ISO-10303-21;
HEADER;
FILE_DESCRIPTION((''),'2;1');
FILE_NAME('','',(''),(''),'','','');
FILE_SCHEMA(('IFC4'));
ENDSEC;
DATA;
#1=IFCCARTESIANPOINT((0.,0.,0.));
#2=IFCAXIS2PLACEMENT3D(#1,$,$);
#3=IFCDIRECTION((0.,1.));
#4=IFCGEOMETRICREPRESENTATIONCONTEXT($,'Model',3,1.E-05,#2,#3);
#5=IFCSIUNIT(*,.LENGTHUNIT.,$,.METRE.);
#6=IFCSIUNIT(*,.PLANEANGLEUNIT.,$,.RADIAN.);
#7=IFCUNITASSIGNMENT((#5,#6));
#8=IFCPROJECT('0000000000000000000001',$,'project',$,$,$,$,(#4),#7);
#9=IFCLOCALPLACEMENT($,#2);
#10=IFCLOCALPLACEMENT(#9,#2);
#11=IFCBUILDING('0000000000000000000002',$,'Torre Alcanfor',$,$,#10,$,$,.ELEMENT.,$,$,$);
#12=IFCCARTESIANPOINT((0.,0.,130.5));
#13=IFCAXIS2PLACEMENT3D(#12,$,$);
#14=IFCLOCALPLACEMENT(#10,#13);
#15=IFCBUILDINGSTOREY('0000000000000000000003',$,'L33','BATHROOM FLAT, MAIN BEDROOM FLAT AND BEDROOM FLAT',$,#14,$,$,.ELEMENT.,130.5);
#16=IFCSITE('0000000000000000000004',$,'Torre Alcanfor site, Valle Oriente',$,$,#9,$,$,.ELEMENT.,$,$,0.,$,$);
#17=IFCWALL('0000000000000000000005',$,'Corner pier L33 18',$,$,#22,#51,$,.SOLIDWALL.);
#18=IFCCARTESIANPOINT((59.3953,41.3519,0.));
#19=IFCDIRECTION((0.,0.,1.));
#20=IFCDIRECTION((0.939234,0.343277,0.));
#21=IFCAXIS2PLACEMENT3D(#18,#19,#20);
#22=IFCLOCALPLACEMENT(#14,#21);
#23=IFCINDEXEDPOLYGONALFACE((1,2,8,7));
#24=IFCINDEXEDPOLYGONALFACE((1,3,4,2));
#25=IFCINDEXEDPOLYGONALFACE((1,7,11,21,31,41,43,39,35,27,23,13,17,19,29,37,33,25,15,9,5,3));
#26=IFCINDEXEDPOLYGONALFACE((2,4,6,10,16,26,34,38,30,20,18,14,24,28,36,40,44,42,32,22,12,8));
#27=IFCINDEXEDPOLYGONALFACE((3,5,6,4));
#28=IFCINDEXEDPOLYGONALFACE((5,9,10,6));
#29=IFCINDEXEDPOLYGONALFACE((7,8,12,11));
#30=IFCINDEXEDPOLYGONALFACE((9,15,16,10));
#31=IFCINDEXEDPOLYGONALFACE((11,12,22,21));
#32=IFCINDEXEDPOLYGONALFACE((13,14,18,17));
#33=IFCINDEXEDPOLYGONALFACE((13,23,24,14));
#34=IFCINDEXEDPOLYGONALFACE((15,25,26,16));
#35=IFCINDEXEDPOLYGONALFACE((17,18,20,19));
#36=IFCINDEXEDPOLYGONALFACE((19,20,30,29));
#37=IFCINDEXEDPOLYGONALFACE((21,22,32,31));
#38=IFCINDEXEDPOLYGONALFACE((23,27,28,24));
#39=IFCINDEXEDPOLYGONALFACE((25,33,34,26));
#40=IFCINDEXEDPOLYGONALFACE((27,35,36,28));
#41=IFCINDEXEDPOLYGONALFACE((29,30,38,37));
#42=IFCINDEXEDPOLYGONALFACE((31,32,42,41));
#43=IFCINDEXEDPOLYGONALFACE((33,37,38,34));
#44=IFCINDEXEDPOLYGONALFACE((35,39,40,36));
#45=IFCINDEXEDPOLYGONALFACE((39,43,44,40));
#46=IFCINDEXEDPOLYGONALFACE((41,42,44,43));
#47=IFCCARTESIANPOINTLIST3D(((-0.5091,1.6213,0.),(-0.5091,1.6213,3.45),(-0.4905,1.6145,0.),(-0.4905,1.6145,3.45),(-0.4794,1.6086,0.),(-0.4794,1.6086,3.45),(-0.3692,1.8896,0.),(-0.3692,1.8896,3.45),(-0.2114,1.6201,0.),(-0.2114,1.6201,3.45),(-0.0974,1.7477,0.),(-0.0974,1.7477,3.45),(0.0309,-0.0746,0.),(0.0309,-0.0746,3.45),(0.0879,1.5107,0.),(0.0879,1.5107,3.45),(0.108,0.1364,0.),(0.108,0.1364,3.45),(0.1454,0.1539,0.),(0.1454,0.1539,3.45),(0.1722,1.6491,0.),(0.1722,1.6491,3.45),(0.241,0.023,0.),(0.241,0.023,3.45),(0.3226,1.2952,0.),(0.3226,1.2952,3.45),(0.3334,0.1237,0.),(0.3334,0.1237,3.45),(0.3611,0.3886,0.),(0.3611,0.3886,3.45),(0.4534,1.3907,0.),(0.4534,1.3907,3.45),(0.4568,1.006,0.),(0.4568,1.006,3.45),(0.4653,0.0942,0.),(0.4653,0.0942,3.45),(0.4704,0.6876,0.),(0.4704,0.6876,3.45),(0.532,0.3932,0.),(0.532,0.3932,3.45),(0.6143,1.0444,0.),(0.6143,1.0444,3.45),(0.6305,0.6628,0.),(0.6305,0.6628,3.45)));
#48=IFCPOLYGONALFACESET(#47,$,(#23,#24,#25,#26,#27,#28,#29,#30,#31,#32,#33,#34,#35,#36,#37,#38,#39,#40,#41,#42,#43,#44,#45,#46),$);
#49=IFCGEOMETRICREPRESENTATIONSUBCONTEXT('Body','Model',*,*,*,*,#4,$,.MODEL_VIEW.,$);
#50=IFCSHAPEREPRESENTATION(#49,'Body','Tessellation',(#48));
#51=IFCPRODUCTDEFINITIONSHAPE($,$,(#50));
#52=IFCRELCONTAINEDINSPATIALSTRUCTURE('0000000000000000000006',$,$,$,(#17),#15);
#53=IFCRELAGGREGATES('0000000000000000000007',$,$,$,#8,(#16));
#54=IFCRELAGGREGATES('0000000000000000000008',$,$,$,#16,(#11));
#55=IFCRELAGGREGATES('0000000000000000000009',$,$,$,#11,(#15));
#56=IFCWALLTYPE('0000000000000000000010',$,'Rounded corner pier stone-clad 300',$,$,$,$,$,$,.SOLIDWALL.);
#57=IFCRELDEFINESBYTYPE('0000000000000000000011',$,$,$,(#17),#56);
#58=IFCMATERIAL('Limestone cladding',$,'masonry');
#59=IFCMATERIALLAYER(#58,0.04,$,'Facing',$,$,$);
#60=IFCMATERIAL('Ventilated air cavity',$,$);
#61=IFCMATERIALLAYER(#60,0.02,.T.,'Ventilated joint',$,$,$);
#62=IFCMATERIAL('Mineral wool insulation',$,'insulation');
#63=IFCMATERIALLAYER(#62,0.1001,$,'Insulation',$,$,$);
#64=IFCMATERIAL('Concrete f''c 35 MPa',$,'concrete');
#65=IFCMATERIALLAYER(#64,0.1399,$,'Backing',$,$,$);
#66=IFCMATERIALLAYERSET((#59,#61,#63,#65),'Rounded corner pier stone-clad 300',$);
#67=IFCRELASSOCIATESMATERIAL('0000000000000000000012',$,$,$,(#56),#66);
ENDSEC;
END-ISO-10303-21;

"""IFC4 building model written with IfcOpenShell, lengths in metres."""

from ifc_helpers import new_model, si_unit, direction, frame, origin, place, context, subcontext, project, spatial, polyline, outline, extrude, material, layer, layer_set, type_object, element, save


model = new_model("IFC4")

# Units and contexts
model_context = context("Model", 3, precision=1e-05, world=origin(), true_north=direction((0.0, 1.0)))
body_context = subcontext(model_context, "Body", "Model", "MODEL_VIEW")
ifc_project = project(units=[si_unit("LENGTHUNIT", "METRE"), si_unit("PLANEANGLEUNIT", "RADIAN")], contexts=[model_context])

# Site, building, storey
site_placement = place(None, origin())
site = spatial("IfcSite", under=ifc_project, at=site_placement, Name="Torre Alcanfor site, Valle Oriente", CompositionType="ELEMENT", RefElevation=0.0)
building_placement = place(site_placement, origin())
building = spatial("IfcBuilding", under=site, at=building_placement, Name="Torre Alcanfor", CompositionType="ELEMENT")
storey_placement = place(building_placement, frame((0.0, 0.0, 130.5)))
storey = spatial("IfcBuildingStorey", under=building, at=storey_placement, Name="L33", Description="BATHROOM FLAT, MAIN BEDROOM FLAT AND BEDROOM FLAT", CompositionType="ELEMENT", Elevation=130.5)

# Shared definitions
ifc_material_1 = material(Name="Limestone cladding", Category="masonry")
ifc_material_2 = material(Name="Ventilated air cavity")
ifc_material_3 = material(Name="Mineral wool insulation", Category="insulation")
ifc_material_4 = material(Name="Concrete f'c 35 MPa", Category="concrete")

# Wall
ifc_layer_1 = layer(ifc_material_1, 0.04, Name="Facing")
ifc_layer_2 = layer(ifc_material_2, 0.02, ventilated=True, Name="Ventilated joint")
ifc_layer_3 = layer(ifc_material_3, 0.1001, Name="Insulation")
ifc_layer_4 = layer(ifc_material_4, 0.1399, Name="Backing")
ifc_layer_set_1 = layer_set([ifc_layer_1, ifc_layer_2, ifc_layer_3, ifc_layer_4], Name="Rounded corner pier stone-clad 300")
wall_type_1 = type_object("IfcWallType", Name="Rounded corner pier stone-clad 300", PredefinedType="SOLIDWALL", material=ifc_layer_set_1)
wall_1_placement = place(storey_placement, frame((59.3953, 41.3519, 0.0), z_axis=(0.0, 0.0, 1.0), x_axis=(0.939234, 0.343277, 0.0)))
element("IfcWall", 1, at=wall_1_placement, inside=storey, type_object=wall_type_1, Name="Corner pier L33 18", PredefinedType="SOLIDWALL", context=body_context, shape_type="SweptSolid", body=[
    extrude(outline(polyline([(0.532, 0.3932), (0.6305, 0.6628), (0.6143, 1.0444), (0.4534, 1.3907), (0.1722, 1.6491), (-0.0974, 1.7477), (-0.3692, 1.8896), (-0.5091, 1.6213), (-0.4905, 1.6145), (-0.4794, 1.6086), (-0.2114, 1.6201), (0.0879, 1.5107), (0.3226, 1.2952), (0.4568, 1.006), (0.4704, 0.6876), (0.3611, 0.3886), (0.1454, 0.1539), (0.108, 0.1364), (0.0309, -0.0746), (0.241, 0.023), (0.3334, 0.1237), (0.4653, 0.0942), (0.532, 0.3932)])), origin(), (0.0, 0.0, 1.0), 3.45),
])

save(model, "model.ifc")
